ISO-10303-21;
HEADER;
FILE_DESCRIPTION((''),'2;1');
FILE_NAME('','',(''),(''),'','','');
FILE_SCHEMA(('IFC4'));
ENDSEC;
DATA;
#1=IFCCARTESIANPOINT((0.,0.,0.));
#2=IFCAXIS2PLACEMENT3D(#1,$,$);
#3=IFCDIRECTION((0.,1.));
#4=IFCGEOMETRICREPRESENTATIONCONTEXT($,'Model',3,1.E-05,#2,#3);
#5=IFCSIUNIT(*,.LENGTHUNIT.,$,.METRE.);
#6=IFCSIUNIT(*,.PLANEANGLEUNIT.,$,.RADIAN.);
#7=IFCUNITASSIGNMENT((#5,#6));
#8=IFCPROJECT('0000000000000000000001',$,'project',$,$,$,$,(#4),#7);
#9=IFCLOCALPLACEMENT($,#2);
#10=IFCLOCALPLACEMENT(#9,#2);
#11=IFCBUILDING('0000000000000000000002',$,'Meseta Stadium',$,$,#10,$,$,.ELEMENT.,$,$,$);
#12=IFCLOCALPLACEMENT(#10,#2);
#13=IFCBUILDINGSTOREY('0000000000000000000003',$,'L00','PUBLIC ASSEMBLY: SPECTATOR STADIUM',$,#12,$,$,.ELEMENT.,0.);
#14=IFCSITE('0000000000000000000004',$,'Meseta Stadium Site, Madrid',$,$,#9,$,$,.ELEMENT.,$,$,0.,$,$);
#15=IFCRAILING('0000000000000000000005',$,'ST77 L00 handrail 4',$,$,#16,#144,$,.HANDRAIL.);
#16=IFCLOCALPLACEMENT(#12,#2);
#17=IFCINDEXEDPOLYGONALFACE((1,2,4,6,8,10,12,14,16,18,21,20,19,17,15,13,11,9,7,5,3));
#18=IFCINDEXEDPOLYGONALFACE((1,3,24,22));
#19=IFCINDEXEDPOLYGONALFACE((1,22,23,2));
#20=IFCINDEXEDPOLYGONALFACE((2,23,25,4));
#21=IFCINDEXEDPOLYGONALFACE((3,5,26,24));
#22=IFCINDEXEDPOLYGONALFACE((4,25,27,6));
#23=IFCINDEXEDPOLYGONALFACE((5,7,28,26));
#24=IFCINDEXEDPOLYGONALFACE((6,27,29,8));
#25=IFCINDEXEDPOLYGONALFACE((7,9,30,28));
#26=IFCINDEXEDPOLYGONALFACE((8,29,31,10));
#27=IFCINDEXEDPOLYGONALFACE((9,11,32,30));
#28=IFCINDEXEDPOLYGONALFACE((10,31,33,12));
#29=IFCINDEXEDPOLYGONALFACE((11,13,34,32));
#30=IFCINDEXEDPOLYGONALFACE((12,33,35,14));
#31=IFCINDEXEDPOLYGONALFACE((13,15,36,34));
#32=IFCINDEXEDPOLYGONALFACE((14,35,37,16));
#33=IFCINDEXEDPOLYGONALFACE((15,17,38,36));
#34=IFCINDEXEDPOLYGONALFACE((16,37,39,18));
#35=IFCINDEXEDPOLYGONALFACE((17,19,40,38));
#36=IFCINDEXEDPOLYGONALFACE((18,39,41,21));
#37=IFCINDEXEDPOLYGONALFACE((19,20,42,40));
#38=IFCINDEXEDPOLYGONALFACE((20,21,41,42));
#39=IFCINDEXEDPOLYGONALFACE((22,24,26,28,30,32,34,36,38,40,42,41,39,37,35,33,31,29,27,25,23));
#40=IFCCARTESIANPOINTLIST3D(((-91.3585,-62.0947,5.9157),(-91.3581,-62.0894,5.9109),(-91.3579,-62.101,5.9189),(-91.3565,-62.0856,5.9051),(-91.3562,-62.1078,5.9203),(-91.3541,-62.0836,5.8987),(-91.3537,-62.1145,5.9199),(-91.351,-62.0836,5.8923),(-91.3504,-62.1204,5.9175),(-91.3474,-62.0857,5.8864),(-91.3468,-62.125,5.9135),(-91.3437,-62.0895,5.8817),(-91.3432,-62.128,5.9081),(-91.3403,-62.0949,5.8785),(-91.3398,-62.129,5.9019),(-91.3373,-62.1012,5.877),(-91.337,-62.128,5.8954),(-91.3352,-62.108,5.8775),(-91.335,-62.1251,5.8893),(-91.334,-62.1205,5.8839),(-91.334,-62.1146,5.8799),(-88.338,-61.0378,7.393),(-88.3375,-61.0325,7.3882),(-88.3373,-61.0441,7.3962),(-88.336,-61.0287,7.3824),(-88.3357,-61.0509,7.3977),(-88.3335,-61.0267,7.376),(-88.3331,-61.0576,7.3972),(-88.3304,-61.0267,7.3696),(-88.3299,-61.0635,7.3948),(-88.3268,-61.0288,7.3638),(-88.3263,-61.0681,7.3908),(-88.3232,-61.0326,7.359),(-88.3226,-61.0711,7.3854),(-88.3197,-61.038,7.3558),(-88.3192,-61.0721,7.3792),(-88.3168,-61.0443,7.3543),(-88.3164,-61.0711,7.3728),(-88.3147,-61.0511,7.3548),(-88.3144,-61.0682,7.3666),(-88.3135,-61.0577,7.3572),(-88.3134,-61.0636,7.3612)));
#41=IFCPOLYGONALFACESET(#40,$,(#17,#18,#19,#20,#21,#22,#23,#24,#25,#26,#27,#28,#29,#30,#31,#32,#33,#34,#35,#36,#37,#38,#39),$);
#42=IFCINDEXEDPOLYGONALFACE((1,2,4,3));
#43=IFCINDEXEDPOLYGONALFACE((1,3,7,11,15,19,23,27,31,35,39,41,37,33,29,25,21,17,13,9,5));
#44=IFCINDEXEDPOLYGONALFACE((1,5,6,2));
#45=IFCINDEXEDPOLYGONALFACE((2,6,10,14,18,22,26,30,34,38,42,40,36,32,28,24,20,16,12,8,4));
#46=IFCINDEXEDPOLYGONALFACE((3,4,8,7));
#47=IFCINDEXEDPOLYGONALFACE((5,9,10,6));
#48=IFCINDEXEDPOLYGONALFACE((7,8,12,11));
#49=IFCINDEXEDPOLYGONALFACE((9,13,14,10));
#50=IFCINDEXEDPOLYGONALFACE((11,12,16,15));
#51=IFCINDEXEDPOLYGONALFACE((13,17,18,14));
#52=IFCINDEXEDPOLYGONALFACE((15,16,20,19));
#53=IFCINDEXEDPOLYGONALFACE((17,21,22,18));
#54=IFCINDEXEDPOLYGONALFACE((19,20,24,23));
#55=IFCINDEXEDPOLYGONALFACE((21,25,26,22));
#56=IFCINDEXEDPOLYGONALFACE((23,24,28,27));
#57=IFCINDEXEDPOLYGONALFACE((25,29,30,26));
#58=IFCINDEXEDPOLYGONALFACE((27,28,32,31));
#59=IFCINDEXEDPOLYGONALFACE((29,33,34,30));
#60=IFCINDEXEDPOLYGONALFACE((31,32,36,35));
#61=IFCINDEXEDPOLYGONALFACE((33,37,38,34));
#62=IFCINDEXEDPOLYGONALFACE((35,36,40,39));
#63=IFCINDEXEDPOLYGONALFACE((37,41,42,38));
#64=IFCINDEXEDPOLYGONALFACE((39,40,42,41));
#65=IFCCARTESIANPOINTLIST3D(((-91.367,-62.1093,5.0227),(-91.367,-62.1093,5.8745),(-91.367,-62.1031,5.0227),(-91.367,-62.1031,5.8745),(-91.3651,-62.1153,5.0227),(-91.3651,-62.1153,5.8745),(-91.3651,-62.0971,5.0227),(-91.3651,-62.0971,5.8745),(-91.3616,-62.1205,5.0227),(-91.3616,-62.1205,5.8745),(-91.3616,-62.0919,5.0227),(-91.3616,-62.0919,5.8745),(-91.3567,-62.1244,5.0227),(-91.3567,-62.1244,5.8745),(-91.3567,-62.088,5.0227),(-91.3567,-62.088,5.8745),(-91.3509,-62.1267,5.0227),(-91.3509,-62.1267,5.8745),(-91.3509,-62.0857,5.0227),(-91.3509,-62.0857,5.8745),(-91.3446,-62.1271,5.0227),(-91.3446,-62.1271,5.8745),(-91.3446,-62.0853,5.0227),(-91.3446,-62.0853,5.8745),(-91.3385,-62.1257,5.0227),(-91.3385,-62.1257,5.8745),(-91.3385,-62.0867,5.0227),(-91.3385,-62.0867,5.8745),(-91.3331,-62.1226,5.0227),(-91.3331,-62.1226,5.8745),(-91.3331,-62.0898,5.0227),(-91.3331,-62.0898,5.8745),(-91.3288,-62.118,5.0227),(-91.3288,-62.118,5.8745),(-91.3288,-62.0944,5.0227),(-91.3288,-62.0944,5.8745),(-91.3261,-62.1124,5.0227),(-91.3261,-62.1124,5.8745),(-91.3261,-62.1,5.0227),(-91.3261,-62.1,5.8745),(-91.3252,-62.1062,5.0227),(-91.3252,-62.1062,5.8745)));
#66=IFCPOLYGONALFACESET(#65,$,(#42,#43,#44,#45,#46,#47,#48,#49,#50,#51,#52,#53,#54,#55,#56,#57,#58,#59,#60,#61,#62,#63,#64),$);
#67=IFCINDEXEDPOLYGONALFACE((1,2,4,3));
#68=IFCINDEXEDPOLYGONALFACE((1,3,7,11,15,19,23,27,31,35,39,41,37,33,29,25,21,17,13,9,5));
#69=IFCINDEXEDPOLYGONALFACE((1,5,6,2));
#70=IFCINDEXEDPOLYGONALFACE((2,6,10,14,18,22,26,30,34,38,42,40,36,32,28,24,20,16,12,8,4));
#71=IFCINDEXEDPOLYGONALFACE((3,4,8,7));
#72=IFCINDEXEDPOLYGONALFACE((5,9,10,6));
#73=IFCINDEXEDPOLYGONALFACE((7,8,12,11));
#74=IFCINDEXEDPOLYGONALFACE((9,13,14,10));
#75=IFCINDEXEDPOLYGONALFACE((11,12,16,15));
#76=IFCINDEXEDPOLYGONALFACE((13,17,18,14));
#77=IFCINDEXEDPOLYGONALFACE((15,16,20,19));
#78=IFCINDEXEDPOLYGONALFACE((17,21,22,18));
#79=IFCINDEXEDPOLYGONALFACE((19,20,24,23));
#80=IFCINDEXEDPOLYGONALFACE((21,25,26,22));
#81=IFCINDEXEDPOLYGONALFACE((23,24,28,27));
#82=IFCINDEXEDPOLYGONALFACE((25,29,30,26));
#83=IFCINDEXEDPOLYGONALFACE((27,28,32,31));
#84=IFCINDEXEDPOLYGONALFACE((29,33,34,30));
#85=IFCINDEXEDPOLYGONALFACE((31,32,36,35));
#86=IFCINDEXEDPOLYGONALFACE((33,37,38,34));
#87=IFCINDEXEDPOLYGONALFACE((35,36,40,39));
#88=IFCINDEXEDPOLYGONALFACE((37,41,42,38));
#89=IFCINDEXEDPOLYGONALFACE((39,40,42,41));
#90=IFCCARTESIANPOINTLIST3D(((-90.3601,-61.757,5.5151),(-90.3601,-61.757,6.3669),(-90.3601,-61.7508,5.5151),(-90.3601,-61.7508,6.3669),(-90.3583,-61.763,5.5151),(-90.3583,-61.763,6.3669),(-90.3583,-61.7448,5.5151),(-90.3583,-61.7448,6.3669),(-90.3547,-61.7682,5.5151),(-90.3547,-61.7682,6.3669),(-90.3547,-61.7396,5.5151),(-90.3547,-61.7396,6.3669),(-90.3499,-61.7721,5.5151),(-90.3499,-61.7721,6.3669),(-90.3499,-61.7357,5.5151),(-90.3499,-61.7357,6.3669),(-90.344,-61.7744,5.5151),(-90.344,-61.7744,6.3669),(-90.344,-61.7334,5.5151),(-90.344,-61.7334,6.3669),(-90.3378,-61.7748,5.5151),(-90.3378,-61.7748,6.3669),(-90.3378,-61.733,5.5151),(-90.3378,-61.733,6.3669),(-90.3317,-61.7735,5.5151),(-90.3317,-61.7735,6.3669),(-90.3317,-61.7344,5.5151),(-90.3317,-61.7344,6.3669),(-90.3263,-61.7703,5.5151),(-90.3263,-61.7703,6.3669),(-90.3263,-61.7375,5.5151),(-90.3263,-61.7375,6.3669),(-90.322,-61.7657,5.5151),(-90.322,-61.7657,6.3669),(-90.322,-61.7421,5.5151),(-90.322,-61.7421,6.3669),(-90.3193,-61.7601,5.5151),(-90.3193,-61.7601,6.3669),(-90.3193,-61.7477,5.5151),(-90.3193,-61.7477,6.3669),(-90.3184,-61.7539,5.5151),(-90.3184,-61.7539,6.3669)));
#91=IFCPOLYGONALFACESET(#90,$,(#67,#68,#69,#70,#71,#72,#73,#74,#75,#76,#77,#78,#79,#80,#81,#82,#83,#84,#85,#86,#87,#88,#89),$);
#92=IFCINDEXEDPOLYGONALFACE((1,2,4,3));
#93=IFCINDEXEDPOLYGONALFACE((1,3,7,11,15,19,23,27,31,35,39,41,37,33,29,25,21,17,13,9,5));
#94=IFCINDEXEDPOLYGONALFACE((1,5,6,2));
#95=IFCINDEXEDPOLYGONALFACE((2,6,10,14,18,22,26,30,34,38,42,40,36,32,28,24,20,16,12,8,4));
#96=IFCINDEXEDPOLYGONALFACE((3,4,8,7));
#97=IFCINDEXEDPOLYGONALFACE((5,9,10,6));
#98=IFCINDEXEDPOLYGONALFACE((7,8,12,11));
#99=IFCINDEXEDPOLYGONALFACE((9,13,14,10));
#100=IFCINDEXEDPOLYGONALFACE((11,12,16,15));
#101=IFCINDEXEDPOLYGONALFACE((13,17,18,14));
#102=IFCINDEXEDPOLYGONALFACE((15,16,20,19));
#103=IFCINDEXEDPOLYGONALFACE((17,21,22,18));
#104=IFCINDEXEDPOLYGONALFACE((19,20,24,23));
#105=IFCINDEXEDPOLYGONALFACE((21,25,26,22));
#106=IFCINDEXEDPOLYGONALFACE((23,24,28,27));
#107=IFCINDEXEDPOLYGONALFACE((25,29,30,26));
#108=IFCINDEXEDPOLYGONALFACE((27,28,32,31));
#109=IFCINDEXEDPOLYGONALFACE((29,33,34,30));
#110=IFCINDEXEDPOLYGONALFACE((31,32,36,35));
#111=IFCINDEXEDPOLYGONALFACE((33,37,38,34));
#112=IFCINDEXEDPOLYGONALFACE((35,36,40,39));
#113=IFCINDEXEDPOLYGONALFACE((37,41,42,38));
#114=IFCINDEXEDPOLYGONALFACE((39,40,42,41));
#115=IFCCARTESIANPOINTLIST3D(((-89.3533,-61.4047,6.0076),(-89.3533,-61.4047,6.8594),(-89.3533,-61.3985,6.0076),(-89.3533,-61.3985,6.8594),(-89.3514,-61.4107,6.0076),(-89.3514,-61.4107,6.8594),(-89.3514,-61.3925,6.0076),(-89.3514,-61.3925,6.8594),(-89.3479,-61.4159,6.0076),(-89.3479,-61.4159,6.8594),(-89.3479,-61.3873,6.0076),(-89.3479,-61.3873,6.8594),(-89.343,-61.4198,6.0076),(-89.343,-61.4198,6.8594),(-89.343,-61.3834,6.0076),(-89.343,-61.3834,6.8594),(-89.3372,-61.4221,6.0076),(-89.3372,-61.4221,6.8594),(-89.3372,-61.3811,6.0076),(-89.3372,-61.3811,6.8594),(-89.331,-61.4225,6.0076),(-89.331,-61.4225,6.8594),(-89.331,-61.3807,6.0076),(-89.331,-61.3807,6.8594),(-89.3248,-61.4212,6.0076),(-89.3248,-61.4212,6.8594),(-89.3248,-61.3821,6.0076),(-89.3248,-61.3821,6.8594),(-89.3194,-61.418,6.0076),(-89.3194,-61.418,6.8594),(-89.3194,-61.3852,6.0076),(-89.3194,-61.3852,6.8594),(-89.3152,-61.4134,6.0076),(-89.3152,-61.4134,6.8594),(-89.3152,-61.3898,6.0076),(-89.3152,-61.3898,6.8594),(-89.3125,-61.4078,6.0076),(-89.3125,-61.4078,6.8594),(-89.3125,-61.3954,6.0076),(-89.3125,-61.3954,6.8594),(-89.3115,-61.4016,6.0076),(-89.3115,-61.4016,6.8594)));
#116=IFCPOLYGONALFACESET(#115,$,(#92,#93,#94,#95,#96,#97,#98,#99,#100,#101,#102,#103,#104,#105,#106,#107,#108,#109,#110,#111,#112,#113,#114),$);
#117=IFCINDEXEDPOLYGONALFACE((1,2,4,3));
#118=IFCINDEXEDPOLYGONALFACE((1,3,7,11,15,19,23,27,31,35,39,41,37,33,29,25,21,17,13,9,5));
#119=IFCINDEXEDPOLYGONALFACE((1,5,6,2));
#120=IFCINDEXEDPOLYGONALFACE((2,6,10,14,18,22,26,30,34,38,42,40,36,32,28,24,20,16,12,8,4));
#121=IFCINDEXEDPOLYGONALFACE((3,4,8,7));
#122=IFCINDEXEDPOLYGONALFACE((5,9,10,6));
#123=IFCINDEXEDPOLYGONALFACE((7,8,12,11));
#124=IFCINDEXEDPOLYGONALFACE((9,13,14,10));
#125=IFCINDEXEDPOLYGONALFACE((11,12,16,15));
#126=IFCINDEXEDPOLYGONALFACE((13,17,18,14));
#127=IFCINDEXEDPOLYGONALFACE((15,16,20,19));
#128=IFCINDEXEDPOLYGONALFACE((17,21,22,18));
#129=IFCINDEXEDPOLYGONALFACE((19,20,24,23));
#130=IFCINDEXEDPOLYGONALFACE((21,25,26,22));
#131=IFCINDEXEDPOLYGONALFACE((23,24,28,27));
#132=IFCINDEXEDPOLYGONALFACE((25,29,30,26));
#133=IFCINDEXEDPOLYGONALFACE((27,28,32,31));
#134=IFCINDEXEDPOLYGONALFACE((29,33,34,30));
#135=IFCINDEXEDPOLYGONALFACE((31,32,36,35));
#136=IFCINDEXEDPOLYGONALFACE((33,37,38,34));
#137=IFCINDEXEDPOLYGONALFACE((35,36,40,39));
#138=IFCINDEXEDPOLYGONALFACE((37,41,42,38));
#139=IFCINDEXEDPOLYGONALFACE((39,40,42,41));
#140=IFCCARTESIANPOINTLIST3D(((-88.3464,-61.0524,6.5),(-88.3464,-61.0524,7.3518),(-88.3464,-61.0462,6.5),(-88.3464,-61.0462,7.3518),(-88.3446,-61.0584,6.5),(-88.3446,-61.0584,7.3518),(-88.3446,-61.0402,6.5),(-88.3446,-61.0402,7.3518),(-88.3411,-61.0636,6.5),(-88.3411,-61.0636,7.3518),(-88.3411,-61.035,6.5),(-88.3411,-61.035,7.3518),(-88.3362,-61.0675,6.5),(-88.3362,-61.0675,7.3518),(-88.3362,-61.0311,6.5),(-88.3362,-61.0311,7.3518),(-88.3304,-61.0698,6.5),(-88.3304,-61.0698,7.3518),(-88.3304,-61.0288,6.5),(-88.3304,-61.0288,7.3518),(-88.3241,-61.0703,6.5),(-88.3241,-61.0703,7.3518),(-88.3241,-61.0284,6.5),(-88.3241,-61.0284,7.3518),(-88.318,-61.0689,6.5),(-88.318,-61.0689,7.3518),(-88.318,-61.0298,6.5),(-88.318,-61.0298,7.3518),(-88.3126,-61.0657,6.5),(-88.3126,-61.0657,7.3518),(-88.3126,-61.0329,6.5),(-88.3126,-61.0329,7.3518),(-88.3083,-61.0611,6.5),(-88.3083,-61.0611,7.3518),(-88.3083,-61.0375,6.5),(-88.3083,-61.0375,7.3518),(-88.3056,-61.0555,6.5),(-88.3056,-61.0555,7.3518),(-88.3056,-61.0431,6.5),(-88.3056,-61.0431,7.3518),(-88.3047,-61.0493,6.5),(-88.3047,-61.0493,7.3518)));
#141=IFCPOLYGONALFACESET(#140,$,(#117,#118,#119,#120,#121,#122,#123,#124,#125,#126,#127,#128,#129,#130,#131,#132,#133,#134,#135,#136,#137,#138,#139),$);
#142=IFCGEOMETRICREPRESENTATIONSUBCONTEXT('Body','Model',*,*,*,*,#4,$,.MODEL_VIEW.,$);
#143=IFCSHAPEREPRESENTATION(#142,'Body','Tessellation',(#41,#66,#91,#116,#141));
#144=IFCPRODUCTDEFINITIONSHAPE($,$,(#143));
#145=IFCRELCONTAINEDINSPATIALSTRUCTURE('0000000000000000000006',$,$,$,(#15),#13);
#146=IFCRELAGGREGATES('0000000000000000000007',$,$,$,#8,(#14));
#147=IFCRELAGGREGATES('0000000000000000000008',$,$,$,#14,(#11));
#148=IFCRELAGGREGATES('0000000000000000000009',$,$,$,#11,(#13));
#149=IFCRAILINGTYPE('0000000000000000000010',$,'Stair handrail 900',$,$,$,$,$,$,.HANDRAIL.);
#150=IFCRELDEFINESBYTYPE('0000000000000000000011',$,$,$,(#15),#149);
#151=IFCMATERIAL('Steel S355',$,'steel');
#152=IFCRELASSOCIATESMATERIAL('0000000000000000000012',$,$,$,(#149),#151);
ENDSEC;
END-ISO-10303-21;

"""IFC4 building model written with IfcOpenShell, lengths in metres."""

from ifc_helpers import new_model, si_unit, direction, frame, origin, origin_2d, place, context, subcontext, project, spatial, circle, extrude, material, type_object, element, save


model = new_model("IFC4")

# Units and contexts
model_context = context("Model", 3, precision=1e-05, world=origin(), true_north=direction((0.0, 1.0)))
body_context = subcontext(model_context, "Body", "Model", "MODEL_VIEW")
ifc_project = project(units=[si_unit("LENGTHUNIT", "METRE"), si_unit("PLANEANGLEUNIT", "RADIAN")], contexts=[model_context])

# Site, building, storey
site_placement = place(None, origin())
site = spatial("IfcSite", under=ifc_project, at=site_placement, Name="Meseta Stadium Site, Madrid", CompositionType="ELEMENT", RefElevation=0.0)
building_placement = place(site_placement, origin())
building = spatial("IfcBuilding", under=site, at=building_placement, Name="Meseta Stadium", CompositionType="ELEMENT")
storey_placement = place(building_placement, origin())
storey = spatial("IfcBuildingStorey", under=building, at=storey_placement, Name="L00", Description="PUBLIC ASSEMBLY: SPECTATOR STADIUM", CompositionType="ELEMENT", Elevation=0.0)

# Railing
ifc_material_1 = material(Name="Steel S355", Category="steel")
railing_type_1 = type_object("IfcRailingType", Name="Stair handrail 900", PredefinedType="HANDRAIL", material=ifc_material_1)
for number, where, name in (
    (1, (-91.3462, -62.1062, 5.0227), "ST77 L00 handrail 4"),
):
    element("IfcRailing", number, at=place(storey_placement, frame(where)), inside=storey, type_object=railing_type_1, Name=name, PredefinedType="HANDRAIL", context=body_context, shape_type="SweptSolid", body=[
        extrude(circle(Radius=0.0239, at=origin_2d()), frame((0.0, 0.0, 0.876), z_axis=(0.856977, 0.299859, 0.419137), x_axis=(-0.330269, 0.943887, 0.0)), (0.0, 0.0, 1.0), 3.5247),
        extrude(circle(Radius=0.021, at=origin_2d()), origin(), (0.0, 0.0, 1.0), 0.8518),
        extrude(circle(Radius=0.021, at=origin_2d()), frame((1.0068, 0.3523, 0.4924)), (0.0, 0.0, 1.0), 0.8518),
        extrude(circle(Radius=0.021, at=origin_2d()), frame((2.0137, 0.7046, 0.9849)), (0.0, 0.0, 1.0), 0.8518),
        extrude(circle(Radius=0.021, at=origin_2d()), frame((3.0205, 1.0569, 1.4773)), (0.0, 0.0, 1.0), 0.8518),
    ])

save(model, "model.ifc")
